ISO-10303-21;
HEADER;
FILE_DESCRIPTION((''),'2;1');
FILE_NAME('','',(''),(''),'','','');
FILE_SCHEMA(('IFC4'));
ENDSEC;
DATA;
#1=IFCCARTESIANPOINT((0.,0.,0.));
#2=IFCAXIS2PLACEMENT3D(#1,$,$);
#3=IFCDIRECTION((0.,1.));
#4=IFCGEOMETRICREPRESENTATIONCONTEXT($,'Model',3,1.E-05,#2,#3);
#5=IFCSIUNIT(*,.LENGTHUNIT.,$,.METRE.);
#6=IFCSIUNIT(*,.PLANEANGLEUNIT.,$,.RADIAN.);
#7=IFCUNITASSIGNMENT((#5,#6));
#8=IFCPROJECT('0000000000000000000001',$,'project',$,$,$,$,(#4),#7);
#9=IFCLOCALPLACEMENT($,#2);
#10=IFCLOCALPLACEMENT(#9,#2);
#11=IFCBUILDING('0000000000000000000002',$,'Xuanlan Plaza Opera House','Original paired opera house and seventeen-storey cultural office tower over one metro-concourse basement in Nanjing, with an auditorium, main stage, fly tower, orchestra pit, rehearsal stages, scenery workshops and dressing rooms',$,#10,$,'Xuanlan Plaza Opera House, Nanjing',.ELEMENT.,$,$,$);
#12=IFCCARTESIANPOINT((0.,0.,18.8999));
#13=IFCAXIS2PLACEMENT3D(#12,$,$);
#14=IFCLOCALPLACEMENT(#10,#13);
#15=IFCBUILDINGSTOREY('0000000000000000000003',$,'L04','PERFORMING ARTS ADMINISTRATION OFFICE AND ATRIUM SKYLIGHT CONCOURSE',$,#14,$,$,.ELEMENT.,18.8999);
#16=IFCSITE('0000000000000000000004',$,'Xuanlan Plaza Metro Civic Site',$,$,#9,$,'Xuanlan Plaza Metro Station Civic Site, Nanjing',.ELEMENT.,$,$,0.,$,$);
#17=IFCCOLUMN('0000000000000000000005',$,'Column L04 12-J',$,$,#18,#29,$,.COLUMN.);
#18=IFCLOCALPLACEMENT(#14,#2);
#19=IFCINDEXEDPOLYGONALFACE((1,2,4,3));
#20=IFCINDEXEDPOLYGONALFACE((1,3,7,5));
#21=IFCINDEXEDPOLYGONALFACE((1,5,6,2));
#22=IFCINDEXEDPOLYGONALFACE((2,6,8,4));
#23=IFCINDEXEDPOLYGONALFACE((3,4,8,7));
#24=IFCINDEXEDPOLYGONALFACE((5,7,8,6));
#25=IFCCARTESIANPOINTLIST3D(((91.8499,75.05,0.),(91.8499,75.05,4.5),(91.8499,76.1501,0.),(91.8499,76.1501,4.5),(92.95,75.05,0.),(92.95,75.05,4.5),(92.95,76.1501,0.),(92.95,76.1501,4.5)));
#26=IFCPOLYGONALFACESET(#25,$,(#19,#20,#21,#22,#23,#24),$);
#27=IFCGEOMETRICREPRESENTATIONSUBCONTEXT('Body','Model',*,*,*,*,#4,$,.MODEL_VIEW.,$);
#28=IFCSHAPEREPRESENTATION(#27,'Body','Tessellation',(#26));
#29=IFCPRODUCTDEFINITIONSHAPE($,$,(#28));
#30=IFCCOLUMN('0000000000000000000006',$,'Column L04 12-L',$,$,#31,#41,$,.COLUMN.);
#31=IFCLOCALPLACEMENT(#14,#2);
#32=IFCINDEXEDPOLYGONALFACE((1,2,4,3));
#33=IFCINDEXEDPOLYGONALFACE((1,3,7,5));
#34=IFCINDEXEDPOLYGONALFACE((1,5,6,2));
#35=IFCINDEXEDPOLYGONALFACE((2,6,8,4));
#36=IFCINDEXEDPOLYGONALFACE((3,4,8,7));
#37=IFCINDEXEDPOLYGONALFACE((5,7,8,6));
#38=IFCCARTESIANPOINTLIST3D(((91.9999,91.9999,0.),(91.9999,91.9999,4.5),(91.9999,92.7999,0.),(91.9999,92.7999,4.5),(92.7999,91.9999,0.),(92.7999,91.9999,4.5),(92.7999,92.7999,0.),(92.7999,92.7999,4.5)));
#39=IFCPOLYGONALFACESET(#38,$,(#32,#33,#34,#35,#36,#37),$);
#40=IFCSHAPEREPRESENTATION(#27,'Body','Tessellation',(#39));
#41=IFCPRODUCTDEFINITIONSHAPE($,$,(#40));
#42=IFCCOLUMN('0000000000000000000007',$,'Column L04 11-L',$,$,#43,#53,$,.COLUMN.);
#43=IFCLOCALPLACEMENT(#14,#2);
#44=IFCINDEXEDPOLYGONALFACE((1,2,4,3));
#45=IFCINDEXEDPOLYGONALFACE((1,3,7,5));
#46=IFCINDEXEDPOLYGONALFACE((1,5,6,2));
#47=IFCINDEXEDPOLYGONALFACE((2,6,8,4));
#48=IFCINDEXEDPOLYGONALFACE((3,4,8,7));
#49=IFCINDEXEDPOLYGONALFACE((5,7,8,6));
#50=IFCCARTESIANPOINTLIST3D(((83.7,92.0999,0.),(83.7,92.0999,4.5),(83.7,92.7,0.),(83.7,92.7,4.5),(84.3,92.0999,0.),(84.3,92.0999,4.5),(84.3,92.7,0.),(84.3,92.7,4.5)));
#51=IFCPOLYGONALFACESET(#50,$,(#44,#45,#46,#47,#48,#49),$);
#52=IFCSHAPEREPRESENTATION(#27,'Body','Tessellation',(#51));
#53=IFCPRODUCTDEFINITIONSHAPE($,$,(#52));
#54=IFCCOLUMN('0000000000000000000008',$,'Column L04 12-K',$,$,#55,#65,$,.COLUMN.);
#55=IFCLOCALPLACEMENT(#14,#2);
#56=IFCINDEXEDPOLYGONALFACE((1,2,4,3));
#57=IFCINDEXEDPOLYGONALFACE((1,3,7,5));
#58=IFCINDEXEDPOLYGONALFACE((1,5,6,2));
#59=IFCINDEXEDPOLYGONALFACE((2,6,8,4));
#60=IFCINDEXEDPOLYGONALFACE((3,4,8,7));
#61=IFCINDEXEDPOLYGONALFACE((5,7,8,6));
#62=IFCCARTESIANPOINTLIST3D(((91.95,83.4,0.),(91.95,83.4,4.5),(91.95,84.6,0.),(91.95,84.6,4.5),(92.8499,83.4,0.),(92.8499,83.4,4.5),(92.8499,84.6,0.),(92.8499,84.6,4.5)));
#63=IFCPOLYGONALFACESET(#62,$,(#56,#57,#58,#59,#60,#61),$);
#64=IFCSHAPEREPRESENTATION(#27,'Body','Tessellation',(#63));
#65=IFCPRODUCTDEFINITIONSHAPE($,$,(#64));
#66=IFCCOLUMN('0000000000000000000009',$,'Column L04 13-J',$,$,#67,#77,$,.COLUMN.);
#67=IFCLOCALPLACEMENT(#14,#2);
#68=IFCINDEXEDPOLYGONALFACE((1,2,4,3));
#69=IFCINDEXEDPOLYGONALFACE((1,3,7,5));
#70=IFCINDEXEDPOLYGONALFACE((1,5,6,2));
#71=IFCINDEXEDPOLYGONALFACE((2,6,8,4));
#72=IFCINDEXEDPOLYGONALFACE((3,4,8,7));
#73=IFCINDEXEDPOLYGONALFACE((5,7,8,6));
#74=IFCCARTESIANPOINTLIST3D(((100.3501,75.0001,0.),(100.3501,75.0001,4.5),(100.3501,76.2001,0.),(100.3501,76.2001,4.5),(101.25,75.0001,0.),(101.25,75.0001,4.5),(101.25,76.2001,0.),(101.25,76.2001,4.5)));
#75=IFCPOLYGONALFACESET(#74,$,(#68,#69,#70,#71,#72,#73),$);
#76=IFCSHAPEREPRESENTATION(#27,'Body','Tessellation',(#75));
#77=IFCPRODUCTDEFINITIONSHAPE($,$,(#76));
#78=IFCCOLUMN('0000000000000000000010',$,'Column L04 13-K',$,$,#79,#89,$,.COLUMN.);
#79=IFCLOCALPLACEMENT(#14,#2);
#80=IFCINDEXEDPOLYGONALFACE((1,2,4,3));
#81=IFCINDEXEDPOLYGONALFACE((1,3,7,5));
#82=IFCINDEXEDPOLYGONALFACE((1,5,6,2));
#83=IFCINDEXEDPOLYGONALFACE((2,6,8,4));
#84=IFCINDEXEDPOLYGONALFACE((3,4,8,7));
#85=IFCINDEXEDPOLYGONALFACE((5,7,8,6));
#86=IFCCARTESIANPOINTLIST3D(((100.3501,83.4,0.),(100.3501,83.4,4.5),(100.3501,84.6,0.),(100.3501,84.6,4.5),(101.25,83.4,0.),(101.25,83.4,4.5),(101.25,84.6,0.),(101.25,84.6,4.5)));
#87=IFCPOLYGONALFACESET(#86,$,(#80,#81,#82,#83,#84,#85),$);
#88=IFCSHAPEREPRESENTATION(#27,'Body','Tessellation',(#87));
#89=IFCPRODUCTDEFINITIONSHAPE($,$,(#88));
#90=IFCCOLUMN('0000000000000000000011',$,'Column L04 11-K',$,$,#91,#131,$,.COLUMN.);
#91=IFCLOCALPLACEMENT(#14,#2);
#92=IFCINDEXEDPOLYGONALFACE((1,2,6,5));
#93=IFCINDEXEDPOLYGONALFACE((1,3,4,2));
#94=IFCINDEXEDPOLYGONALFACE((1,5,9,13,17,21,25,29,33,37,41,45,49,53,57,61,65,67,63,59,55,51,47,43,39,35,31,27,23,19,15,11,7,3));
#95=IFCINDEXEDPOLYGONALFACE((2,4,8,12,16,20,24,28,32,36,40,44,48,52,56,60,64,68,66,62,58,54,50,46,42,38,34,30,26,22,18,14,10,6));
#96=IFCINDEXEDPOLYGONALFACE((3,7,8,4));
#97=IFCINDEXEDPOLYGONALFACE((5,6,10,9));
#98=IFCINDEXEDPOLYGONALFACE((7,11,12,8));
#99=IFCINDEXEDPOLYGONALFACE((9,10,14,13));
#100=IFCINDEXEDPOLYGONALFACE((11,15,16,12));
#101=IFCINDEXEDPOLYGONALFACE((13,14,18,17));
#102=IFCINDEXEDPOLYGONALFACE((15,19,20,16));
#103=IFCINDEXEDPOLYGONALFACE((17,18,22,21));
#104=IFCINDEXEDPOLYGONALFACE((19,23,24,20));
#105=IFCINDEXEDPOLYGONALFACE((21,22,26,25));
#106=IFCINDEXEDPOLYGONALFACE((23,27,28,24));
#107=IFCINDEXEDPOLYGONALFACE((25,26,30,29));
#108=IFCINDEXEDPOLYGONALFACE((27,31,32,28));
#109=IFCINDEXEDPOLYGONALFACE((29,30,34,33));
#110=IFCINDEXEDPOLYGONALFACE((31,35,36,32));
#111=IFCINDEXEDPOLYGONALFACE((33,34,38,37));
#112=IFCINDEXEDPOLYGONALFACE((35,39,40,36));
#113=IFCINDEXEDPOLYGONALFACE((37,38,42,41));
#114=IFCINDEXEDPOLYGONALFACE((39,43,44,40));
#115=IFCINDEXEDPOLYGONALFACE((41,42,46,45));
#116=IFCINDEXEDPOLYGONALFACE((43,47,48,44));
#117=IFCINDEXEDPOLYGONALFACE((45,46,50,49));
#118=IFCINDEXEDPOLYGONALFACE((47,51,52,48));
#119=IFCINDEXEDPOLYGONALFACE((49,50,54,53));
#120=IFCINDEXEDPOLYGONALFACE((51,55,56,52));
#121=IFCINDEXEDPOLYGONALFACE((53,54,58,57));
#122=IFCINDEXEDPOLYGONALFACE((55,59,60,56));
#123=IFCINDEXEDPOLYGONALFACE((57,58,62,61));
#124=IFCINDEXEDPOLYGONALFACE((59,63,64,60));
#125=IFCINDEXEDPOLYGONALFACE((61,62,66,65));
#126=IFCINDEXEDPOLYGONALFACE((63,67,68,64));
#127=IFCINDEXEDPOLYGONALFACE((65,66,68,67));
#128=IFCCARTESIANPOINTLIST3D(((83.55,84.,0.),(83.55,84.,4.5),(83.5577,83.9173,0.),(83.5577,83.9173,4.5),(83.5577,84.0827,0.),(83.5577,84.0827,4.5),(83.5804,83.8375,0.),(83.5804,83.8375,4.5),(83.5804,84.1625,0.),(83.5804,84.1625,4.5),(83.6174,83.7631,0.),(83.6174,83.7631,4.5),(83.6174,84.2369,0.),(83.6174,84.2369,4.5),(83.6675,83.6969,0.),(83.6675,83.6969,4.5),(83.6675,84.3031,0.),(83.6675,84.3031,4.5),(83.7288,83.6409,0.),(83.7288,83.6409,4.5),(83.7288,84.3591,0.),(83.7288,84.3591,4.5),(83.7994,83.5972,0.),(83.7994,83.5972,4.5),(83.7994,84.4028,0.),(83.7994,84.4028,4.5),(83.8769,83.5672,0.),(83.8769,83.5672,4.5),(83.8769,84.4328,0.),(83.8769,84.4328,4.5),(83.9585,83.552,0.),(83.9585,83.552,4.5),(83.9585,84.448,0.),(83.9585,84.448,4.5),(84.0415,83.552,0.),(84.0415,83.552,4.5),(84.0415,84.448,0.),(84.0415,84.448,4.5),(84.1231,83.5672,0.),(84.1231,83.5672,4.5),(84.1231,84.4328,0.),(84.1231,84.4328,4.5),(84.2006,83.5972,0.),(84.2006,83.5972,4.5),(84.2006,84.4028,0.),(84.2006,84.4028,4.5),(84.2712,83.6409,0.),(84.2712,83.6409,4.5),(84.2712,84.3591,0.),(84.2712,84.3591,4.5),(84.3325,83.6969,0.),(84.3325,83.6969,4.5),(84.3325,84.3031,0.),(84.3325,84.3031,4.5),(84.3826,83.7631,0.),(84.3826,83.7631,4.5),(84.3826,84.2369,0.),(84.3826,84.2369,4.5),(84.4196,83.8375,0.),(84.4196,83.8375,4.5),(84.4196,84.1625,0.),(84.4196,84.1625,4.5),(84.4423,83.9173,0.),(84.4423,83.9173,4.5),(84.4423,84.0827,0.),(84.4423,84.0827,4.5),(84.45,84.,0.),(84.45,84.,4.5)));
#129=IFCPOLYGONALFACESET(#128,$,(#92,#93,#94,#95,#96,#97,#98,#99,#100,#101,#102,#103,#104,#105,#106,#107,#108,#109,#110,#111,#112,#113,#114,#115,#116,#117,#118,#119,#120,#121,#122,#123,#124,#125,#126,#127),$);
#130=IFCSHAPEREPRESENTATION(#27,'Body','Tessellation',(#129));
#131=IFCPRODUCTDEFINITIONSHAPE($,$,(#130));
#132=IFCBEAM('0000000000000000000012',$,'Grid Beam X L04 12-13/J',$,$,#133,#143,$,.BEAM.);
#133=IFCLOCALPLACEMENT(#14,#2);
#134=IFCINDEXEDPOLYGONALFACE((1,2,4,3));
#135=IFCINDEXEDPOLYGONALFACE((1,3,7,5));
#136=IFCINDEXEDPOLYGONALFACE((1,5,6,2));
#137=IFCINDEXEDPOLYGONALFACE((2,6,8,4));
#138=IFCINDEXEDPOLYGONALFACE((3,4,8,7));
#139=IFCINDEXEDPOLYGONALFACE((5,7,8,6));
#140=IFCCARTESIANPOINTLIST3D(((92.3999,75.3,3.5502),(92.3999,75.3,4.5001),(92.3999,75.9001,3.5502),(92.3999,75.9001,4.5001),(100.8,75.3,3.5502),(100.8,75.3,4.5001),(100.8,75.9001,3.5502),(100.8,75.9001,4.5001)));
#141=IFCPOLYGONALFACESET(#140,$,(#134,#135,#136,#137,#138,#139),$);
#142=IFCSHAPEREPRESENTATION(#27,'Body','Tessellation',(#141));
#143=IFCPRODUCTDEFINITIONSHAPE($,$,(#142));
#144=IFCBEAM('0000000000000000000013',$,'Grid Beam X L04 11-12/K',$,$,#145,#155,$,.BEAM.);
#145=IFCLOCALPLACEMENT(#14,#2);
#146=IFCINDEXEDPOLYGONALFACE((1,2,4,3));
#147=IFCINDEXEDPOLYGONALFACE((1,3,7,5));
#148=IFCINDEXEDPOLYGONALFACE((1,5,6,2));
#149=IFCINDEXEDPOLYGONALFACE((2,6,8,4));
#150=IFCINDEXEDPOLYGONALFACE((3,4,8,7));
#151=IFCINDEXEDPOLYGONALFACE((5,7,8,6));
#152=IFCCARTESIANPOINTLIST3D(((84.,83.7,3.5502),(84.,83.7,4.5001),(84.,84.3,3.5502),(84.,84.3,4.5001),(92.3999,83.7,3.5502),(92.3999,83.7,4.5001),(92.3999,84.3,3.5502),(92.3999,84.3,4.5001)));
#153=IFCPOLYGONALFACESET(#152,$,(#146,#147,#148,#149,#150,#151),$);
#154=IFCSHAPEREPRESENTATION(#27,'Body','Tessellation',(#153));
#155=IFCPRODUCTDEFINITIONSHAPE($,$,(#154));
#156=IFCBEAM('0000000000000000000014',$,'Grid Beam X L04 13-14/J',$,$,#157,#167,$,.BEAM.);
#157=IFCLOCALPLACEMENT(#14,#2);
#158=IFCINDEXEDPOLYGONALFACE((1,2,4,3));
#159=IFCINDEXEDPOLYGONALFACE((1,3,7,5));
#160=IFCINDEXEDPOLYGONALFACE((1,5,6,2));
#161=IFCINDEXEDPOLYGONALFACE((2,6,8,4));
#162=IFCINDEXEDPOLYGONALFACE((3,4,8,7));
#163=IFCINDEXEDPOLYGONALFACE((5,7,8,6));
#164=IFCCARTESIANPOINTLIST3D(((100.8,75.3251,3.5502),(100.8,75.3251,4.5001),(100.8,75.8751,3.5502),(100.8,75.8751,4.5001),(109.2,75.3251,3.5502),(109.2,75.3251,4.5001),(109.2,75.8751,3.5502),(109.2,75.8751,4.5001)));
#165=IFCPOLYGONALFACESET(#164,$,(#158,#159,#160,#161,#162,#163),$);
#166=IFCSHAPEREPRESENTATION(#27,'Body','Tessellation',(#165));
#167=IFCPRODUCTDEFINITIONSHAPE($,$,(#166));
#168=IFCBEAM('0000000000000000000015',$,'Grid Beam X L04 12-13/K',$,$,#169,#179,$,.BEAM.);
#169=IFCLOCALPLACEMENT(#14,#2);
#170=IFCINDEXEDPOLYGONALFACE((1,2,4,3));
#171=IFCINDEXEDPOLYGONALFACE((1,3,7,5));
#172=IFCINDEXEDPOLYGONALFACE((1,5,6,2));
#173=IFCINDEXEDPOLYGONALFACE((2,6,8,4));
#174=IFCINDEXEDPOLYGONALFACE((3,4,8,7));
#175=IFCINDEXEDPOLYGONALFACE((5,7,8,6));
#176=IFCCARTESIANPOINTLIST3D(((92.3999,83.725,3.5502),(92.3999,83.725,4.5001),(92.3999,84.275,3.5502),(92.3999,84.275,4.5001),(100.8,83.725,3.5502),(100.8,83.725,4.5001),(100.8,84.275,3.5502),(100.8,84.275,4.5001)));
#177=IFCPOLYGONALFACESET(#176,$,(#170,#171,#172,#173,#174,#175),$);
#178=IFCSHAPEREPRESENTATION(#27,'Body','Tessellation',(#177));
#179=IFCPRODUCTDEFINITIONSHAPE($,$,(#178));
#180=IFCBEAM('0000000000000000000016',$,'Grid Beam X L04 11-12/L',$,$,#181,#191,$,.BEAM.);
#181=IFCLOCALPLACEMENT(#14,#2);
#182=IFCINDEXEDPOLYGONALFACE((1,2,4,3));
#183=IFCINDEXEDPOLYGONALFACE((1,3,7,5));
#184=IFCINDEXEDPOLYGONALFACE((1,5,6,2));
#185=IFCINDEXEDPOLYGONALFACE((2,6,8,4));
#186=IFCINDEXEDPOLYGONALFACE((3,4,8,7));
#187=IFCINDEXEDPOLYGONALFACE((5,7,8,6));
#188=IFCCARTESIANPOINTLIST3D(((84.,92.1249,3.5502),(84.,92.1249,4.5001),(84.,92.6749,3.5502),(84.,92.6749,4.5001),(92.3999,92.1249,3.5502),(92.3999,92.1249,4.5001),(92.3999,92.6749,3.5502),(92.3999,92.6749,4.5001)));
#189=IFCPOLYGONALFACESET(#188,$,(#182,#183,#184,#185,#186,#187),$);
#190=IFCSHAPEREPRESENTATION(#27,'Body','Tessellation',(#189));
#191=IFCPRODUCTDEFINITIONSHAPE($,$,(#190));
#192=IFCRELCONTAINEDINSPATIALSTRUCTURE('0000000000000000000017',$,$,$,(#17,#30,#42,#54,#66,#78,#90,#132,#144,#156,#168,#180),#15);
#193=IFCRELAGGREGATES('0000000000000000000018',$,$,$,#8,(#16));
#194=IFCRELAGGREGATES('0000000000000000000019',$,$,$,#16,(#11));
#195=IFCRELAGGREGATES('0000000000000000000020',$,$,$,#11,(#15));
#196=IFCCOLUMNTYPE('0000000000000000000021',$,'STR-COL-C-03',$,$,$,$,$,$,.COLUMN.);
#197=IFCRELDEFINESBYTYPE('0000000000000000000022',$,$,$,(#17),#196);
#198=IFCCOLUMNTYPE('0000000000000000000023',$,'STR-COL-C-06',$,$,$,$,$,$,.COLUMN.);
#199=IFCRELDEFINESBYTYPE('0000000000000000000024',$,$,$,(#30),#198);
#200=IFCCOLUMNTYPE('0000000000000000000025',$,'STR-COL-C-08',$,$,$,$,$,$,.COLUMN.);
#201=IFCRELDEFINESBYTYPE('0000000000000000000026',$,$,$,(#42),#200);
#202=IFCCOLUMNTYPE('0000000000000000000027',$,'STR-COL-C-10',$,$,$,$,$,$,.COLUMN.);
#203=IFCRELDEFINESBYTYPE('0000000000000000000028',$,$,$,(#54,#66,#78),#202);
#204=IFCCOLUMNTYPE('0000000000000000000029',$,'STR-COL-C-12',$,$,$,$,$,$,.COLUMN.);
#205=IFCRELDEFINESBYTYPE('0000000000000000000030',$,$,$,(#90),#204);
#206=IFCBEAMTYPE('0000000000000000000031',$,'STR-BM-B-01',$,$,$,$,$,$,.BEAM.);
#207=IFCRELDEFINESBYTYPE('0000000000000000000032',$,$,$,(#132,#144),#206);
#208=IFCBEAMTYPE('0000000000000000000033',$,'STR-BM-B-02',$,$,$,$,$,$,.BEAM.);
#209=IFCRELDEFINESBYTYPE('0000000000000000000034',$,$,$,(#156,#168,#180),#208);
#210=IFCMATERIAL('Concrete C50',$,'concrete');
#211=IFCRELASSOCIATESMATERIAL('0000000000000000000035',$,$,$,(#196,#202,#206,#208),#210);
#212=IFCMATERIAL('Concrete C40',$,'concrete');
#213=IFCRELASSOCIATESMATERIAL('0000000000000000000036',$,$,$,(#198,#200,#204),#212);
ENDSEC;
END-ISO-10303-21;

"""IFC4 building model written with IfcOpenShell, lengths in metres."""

from ifc_helpers import new_model, si_unit, direction, frame, origin, origin_2d, place, context, subcontext, project, spatial, rectangle, circle, extrude, material, material_profile, profile_set, type_object, element, save


model = new_model("IFC4")

# Units and contexts
model_context = context("Model", 3, precision=1e-05, world=origin(), true_north=direction((0.0, 1.0)))
body_context = subcontext(model_context, "Body", "Model", "MODEL_VIEW")
ifc_project = project(units=[si_unit("LENGTHUNIT", "METRE"), si_unit("PLANEANGLEUNIT", "RADIAN")], contexts=[model_context])

# Site, building, storey
site_placement = place(None, origin())
site = spatial("IfcSite", under=ifc_project, at=site_placement, Name="Xuanlan Plaza Metro Civic Site", LongName="Xuanlan Plaza Metro Station Civic Site, Nanjing", CompositionType="ELEMENT", RefElevation=0.0)
building_placement = place(site_placement, origin())
building = spatial("IfcBuilding", under=site, at=building_placement, Name="Xuanlan Plaza Opera House", Description="Original paired opera house and seventeen-storey cultural office tower over one metro-concourse basement in Nanjing, with an auditorium, main stage, fly tower, orchestra pit, rehearsal stages, scenery workshops and dressing rooms", LongName="Xuanlan Plaza Opera House, Nanjing", CompositionType="ELEMENT")
storey_placement = place(building_placement, frame((0.0, 0.0, 18.8999)))
storey = spatial("IfcBuildingStorey", under=building, at=storey_placement, Name="L04", Description="PERFORMING ARTS ADMINISTRATION OFFICE AND ATRIUM SKYLIGHT CONCOURSE", CompositionType="ELEMENT", Elevation=18.8999)

# Columns
ifc_material_1 = material(Name="Concrete C50", Category="concrete")
ifc_material_profile_1 = material_profile(ifc_material_1, rectangle(XDim=1.1001, YDim=1.1001, at=origin_2d()), Name="RC-COL 1100x1100")
ifc_profile_set_1 = profile_set([ifc_material_profile_1], Name="Concrete C50")
column_type_1 = type_object("IfcColumnType", Name="STR-COL-C-03", PredefinedType="COLUMN", material=ifc_profile_set_1)
column_1_placement = place(storey_placement, frame((92.3999, 75.6001, 0.0), z_axis=(0.0, 0.0, 1.0), x_axis=(1.0, 0.0, 0.0)))
element("IfcColumn", 1, at=column_1_placement, inside=storey, type_object=column_type_1, Name="Column L04 12-J", PredefinedType="COLUMN", context=body_context, shape_type="SweptSolid", body=[
    extrude(rectangle(XDim=1.1001, YDim=1.1001, at=origin_2d()), origin(), (0.0, 0.0, 1.0), 4.5),
])
ifc_material_2 = material(Name="Concrete C40", Category="concrete")
ifc_material_profile_2 = material_profile(ifc_material_2, rectangle(XDim=0.8, YDim=0.8, at=origin_2d()), Name="RC-COL 800x800")
ifc_profile_set_2 = profile_set([ifc_material_profile_2], Name="Concrete C40")
column_type_2 = type_object("IfcColumnType", Name="STR-COL-C-06", PredefinedType="COLUMN", material=ifc_profile_set_2)
column_2_placement = place(storey_placement, frame((92.3999, 92.3999, 0.0), z_axis=(0.0, 0.0, 1.0), x_axis=(1.0, 0.0, 0.0)))
element("IfcColumn", 2, at=column_2_placement, inside=storey, type_object=column_type_2, Name="Column L04 12-L", PredefinedType="COLUMN", context=body_context, shape_type="SweptSolid", body=[
    extrude(rectangle(XDim=0.8, YDim=0.8, at=origin_2d()), origin(), (0.0, 0.0, 1.0), 4.5),
])
ifc_material_profile_3 = material_profile(ifc_material_2, rectangle(XDim=0.6001, YDim=0.6001, at=origin_2d()), Name="RC-COL 600x600")
ifc_profile_set_3 = profile_set([ifc_material_profile_3], Name="Concrete C40")
column_type_3 = type_object("IfcColumnType", Name="STR-COL-C-08", PredefinedType="COLUMN", material=ifc_profile_set_3)
column_3_placement = place(storey_placement, frame((84.0, 92.3999, 0.0), z_axis=(0.0, 0.0, 1.0), x_axis=(1.0, 0.0, 0.0)))
element("IfcColumn", 3, at=column_3_placement, inside=storey, type_object=column_type_3, Name="Column L04 11-L", PredefinedType="COLUMN", context=body_context, shape_type="SweptSolid", body=[
    extrude(rectangle(XDim=0.6001, YDim=0.6001, at=origin_2d()), origin(), (0.0, 0.0, 1.0), 4.5),
])
ifc_material_profile_4 = material_profile(ifc_material_1, rectangle(XDim=0.8999, YDim=1.2, at=origin_2d()), Name="RC-COL 900x1200")
ifc_profile_set_4 = profile_set([ifc_material_profile_4], Name="Concrete C50")
column_type_4 = type_object("IfcColumnType", Name="STR-COL-C-10", PredefinedType="COLUMN", material=ifc_profile_set_4)
for number, where, z_axis, x_axis, name in (
    (4, (92.3999, 84.0, 0.0), (0.0, 0.0, 1.0), (1.0, 0.0, 0.0), "Column L04 12-K"),
    (5, (100.8, 75.6001, 0.0), (0.0, 0.0, 1.0), (1.0, 0.0, 0.0), "Column L04 13-J"),
    (6, (100.8, 84.0, 0.0), (0.0, 0.0, 1.0), (1.0, 0.0, 0.0), "Column L04 13-K"),
):
    element("IfcColumn", number, at=place(storey_placement, frame(where, z_axis=z_axis, x_axis=x_axis)), inside=storey, type_object=column_type_4, Name=name, PredefinedType="COLUMN", context=body_context, shape_type="SweptSolid", body=[
        extrude(rectangle(XDim=0.8999, YDim=1.2, at=origin_2d()), origin(), (0.0, 0.0, 1.0), 4.5),
    ])
ifc_material_profile_5 = material_profile(ifc_material_2, circle(Radius=0.45, at=origin_2d()), Name="RC-COL D900")
ifc_profile_set_5 = profile_set([ifc_material_profile_5], Name="Concrete C40")
column_type_5 = type_object("IfcColumnType", Name="STR-COL-C-12", PredefinedType="COLUMN", material=ifc_profile_set_5)
column_4_placement = place(storey_placement, frame((84.0, 84.0, 0.0), z_axis=(0.0, 0.0, 1.0), x_axis=(1.0, 0.0, 0.0)))
element("IfcColumn", 7, at=column_4_placement, inside=storey, type_object=column_type_5, Name="Column L04 11-K", PredefinedType="COLUMN", context=body_context, shape_type="SweptSolid", body=[
    extrude(circle(Radius=0.45, at=origin_2d()), origin(), (0.0, 0.0, 1.0), 4.5),
])

# Beams
ifc_material_profile_6 = material_profile(ifc_material_1, rectangle(XDim=0.6001, YDim=0.95, at=origin_2d()), Name="RC-BM 600x950")
ifc_profile_set_6 = profile_set([ifc_material_profile_6], Name="Concrete C50")
beam_type_1 = type_object("IfcBeamType", Name="STR-BM-B-01", PredefinedType="BEAM", material=ifc_profile_set_6)
beam_1_placement = place(storey_placement, frame((92.3999, 75.6001, 4.0251), z_axis=(1.0, 0.0, 0.0), x_axis=(0.0, 1.0, 0.0)))
element("IfcBeam", 8, at=beam_1_placement, inside=storey, type_object=beam_type_1, Name="Grid Beam X L04 12-13/J", PredefinedType="BEAM", context=body_context, shape_type="SweptSolid", body=[
    extrude(rectangle(XDim=0.6001, YDim=0.95, at=origin_2d()), origin(), (0.0, 0.0, 1.0), 8.4001),
])
beam_2_placement = place(storey_placement, frame((84.0, 84.0, 4.0251), z_axis=(1.0, 0.0, 0.0), x_axis=(0.0, 1.0, 0.0)))
element("IfcBeam", 9, at=beam_2_placement, inside=storey, type_object=beam_type_1, Name="Grid Beam X L04 11-12/K", PredefinedType="BEAM", context=body_context, shape_type="SweptSolid", body=[
    extrude(rectangle(XDim=0.6001, YDim=0.95, at=origin_2d()), origin(), (0.0, 0.0, 1.0), 8.3999),
])
ifc_material_profile_7 = material_profile(ifc_material_1, rectangle(XDim=0.55, YDim=0.95, at=origin_2d()), Name="RC-BM 550x950")
ifc_profile_set_7 = profile_set([ifc_material_profile_7], Name="Concrete C50")
beam_type_2 = type_object("IfcBeamType", Name="STR-BM-B-02", PredefinedType="BEAM", material=ifc_profile_set_7)
beam_3_placement = place(storey_placement, frame((100.8, 75.6001, 4.0251), z_axis=(1.0, 0.0, 0.0), x_axis=(0.0, 1.0, 0.0)))
element("IfcBeam", 10, at=beam_3_placement, inside=storey, type_object=beam_type_2, Name="Grid Beam X L04 13-14/J", PredefinedType="BEAM", context=body_context, shape_type="SweptSolid", body=[
    extrude(rectangle(XDim=0.55, YDim=0.95, at=origin_2d()), origin(), (0.0, 0.0, 1.0), 8.3999),
])
beam_4_placement = place(storey_placement, frame((92.3999, 84.0, 4.0251), z_axis=(1.0, 0.0, 0.0), x_axis=(0.0, 1.0, 0.0)))
element("IfcBeam", 11, at=beam_4_placement, inside=storey, type_object=beam_type_2, Name="Grid Beam X L04 12-13/K", PredefinedType="BEAM", context=body_context, shape_type="SweptSolid", body=[
    extrude(rectangle(XDim=0.55, YDim=0.95, at=origin_2d()), origin(), (0.0, 0.0, 1.0), 8.4001),
])
beam_5_placement = place(storey_placement, frame((84.0, 92.3999, 4.0251), z_axis=(1.0, 0.0, 0.0), x_axis=(0.0, 1.0, 0.0)))
element("IfcBeam", 12, at=beam_5_placement, inside=storey, type_object=beam_type_2, Name="Grid Beam X L04 11-12/L", PredefinedType="BEAM", context=body_context, shape_type="SweptSolid", body=[
    extrude(rectangle(XDim=0.55, YDim=0.95, at=origin_2d()), origin(), (0.0, 0.0, 1.0), 8.3999),
])

save(model, "model.ifc")
